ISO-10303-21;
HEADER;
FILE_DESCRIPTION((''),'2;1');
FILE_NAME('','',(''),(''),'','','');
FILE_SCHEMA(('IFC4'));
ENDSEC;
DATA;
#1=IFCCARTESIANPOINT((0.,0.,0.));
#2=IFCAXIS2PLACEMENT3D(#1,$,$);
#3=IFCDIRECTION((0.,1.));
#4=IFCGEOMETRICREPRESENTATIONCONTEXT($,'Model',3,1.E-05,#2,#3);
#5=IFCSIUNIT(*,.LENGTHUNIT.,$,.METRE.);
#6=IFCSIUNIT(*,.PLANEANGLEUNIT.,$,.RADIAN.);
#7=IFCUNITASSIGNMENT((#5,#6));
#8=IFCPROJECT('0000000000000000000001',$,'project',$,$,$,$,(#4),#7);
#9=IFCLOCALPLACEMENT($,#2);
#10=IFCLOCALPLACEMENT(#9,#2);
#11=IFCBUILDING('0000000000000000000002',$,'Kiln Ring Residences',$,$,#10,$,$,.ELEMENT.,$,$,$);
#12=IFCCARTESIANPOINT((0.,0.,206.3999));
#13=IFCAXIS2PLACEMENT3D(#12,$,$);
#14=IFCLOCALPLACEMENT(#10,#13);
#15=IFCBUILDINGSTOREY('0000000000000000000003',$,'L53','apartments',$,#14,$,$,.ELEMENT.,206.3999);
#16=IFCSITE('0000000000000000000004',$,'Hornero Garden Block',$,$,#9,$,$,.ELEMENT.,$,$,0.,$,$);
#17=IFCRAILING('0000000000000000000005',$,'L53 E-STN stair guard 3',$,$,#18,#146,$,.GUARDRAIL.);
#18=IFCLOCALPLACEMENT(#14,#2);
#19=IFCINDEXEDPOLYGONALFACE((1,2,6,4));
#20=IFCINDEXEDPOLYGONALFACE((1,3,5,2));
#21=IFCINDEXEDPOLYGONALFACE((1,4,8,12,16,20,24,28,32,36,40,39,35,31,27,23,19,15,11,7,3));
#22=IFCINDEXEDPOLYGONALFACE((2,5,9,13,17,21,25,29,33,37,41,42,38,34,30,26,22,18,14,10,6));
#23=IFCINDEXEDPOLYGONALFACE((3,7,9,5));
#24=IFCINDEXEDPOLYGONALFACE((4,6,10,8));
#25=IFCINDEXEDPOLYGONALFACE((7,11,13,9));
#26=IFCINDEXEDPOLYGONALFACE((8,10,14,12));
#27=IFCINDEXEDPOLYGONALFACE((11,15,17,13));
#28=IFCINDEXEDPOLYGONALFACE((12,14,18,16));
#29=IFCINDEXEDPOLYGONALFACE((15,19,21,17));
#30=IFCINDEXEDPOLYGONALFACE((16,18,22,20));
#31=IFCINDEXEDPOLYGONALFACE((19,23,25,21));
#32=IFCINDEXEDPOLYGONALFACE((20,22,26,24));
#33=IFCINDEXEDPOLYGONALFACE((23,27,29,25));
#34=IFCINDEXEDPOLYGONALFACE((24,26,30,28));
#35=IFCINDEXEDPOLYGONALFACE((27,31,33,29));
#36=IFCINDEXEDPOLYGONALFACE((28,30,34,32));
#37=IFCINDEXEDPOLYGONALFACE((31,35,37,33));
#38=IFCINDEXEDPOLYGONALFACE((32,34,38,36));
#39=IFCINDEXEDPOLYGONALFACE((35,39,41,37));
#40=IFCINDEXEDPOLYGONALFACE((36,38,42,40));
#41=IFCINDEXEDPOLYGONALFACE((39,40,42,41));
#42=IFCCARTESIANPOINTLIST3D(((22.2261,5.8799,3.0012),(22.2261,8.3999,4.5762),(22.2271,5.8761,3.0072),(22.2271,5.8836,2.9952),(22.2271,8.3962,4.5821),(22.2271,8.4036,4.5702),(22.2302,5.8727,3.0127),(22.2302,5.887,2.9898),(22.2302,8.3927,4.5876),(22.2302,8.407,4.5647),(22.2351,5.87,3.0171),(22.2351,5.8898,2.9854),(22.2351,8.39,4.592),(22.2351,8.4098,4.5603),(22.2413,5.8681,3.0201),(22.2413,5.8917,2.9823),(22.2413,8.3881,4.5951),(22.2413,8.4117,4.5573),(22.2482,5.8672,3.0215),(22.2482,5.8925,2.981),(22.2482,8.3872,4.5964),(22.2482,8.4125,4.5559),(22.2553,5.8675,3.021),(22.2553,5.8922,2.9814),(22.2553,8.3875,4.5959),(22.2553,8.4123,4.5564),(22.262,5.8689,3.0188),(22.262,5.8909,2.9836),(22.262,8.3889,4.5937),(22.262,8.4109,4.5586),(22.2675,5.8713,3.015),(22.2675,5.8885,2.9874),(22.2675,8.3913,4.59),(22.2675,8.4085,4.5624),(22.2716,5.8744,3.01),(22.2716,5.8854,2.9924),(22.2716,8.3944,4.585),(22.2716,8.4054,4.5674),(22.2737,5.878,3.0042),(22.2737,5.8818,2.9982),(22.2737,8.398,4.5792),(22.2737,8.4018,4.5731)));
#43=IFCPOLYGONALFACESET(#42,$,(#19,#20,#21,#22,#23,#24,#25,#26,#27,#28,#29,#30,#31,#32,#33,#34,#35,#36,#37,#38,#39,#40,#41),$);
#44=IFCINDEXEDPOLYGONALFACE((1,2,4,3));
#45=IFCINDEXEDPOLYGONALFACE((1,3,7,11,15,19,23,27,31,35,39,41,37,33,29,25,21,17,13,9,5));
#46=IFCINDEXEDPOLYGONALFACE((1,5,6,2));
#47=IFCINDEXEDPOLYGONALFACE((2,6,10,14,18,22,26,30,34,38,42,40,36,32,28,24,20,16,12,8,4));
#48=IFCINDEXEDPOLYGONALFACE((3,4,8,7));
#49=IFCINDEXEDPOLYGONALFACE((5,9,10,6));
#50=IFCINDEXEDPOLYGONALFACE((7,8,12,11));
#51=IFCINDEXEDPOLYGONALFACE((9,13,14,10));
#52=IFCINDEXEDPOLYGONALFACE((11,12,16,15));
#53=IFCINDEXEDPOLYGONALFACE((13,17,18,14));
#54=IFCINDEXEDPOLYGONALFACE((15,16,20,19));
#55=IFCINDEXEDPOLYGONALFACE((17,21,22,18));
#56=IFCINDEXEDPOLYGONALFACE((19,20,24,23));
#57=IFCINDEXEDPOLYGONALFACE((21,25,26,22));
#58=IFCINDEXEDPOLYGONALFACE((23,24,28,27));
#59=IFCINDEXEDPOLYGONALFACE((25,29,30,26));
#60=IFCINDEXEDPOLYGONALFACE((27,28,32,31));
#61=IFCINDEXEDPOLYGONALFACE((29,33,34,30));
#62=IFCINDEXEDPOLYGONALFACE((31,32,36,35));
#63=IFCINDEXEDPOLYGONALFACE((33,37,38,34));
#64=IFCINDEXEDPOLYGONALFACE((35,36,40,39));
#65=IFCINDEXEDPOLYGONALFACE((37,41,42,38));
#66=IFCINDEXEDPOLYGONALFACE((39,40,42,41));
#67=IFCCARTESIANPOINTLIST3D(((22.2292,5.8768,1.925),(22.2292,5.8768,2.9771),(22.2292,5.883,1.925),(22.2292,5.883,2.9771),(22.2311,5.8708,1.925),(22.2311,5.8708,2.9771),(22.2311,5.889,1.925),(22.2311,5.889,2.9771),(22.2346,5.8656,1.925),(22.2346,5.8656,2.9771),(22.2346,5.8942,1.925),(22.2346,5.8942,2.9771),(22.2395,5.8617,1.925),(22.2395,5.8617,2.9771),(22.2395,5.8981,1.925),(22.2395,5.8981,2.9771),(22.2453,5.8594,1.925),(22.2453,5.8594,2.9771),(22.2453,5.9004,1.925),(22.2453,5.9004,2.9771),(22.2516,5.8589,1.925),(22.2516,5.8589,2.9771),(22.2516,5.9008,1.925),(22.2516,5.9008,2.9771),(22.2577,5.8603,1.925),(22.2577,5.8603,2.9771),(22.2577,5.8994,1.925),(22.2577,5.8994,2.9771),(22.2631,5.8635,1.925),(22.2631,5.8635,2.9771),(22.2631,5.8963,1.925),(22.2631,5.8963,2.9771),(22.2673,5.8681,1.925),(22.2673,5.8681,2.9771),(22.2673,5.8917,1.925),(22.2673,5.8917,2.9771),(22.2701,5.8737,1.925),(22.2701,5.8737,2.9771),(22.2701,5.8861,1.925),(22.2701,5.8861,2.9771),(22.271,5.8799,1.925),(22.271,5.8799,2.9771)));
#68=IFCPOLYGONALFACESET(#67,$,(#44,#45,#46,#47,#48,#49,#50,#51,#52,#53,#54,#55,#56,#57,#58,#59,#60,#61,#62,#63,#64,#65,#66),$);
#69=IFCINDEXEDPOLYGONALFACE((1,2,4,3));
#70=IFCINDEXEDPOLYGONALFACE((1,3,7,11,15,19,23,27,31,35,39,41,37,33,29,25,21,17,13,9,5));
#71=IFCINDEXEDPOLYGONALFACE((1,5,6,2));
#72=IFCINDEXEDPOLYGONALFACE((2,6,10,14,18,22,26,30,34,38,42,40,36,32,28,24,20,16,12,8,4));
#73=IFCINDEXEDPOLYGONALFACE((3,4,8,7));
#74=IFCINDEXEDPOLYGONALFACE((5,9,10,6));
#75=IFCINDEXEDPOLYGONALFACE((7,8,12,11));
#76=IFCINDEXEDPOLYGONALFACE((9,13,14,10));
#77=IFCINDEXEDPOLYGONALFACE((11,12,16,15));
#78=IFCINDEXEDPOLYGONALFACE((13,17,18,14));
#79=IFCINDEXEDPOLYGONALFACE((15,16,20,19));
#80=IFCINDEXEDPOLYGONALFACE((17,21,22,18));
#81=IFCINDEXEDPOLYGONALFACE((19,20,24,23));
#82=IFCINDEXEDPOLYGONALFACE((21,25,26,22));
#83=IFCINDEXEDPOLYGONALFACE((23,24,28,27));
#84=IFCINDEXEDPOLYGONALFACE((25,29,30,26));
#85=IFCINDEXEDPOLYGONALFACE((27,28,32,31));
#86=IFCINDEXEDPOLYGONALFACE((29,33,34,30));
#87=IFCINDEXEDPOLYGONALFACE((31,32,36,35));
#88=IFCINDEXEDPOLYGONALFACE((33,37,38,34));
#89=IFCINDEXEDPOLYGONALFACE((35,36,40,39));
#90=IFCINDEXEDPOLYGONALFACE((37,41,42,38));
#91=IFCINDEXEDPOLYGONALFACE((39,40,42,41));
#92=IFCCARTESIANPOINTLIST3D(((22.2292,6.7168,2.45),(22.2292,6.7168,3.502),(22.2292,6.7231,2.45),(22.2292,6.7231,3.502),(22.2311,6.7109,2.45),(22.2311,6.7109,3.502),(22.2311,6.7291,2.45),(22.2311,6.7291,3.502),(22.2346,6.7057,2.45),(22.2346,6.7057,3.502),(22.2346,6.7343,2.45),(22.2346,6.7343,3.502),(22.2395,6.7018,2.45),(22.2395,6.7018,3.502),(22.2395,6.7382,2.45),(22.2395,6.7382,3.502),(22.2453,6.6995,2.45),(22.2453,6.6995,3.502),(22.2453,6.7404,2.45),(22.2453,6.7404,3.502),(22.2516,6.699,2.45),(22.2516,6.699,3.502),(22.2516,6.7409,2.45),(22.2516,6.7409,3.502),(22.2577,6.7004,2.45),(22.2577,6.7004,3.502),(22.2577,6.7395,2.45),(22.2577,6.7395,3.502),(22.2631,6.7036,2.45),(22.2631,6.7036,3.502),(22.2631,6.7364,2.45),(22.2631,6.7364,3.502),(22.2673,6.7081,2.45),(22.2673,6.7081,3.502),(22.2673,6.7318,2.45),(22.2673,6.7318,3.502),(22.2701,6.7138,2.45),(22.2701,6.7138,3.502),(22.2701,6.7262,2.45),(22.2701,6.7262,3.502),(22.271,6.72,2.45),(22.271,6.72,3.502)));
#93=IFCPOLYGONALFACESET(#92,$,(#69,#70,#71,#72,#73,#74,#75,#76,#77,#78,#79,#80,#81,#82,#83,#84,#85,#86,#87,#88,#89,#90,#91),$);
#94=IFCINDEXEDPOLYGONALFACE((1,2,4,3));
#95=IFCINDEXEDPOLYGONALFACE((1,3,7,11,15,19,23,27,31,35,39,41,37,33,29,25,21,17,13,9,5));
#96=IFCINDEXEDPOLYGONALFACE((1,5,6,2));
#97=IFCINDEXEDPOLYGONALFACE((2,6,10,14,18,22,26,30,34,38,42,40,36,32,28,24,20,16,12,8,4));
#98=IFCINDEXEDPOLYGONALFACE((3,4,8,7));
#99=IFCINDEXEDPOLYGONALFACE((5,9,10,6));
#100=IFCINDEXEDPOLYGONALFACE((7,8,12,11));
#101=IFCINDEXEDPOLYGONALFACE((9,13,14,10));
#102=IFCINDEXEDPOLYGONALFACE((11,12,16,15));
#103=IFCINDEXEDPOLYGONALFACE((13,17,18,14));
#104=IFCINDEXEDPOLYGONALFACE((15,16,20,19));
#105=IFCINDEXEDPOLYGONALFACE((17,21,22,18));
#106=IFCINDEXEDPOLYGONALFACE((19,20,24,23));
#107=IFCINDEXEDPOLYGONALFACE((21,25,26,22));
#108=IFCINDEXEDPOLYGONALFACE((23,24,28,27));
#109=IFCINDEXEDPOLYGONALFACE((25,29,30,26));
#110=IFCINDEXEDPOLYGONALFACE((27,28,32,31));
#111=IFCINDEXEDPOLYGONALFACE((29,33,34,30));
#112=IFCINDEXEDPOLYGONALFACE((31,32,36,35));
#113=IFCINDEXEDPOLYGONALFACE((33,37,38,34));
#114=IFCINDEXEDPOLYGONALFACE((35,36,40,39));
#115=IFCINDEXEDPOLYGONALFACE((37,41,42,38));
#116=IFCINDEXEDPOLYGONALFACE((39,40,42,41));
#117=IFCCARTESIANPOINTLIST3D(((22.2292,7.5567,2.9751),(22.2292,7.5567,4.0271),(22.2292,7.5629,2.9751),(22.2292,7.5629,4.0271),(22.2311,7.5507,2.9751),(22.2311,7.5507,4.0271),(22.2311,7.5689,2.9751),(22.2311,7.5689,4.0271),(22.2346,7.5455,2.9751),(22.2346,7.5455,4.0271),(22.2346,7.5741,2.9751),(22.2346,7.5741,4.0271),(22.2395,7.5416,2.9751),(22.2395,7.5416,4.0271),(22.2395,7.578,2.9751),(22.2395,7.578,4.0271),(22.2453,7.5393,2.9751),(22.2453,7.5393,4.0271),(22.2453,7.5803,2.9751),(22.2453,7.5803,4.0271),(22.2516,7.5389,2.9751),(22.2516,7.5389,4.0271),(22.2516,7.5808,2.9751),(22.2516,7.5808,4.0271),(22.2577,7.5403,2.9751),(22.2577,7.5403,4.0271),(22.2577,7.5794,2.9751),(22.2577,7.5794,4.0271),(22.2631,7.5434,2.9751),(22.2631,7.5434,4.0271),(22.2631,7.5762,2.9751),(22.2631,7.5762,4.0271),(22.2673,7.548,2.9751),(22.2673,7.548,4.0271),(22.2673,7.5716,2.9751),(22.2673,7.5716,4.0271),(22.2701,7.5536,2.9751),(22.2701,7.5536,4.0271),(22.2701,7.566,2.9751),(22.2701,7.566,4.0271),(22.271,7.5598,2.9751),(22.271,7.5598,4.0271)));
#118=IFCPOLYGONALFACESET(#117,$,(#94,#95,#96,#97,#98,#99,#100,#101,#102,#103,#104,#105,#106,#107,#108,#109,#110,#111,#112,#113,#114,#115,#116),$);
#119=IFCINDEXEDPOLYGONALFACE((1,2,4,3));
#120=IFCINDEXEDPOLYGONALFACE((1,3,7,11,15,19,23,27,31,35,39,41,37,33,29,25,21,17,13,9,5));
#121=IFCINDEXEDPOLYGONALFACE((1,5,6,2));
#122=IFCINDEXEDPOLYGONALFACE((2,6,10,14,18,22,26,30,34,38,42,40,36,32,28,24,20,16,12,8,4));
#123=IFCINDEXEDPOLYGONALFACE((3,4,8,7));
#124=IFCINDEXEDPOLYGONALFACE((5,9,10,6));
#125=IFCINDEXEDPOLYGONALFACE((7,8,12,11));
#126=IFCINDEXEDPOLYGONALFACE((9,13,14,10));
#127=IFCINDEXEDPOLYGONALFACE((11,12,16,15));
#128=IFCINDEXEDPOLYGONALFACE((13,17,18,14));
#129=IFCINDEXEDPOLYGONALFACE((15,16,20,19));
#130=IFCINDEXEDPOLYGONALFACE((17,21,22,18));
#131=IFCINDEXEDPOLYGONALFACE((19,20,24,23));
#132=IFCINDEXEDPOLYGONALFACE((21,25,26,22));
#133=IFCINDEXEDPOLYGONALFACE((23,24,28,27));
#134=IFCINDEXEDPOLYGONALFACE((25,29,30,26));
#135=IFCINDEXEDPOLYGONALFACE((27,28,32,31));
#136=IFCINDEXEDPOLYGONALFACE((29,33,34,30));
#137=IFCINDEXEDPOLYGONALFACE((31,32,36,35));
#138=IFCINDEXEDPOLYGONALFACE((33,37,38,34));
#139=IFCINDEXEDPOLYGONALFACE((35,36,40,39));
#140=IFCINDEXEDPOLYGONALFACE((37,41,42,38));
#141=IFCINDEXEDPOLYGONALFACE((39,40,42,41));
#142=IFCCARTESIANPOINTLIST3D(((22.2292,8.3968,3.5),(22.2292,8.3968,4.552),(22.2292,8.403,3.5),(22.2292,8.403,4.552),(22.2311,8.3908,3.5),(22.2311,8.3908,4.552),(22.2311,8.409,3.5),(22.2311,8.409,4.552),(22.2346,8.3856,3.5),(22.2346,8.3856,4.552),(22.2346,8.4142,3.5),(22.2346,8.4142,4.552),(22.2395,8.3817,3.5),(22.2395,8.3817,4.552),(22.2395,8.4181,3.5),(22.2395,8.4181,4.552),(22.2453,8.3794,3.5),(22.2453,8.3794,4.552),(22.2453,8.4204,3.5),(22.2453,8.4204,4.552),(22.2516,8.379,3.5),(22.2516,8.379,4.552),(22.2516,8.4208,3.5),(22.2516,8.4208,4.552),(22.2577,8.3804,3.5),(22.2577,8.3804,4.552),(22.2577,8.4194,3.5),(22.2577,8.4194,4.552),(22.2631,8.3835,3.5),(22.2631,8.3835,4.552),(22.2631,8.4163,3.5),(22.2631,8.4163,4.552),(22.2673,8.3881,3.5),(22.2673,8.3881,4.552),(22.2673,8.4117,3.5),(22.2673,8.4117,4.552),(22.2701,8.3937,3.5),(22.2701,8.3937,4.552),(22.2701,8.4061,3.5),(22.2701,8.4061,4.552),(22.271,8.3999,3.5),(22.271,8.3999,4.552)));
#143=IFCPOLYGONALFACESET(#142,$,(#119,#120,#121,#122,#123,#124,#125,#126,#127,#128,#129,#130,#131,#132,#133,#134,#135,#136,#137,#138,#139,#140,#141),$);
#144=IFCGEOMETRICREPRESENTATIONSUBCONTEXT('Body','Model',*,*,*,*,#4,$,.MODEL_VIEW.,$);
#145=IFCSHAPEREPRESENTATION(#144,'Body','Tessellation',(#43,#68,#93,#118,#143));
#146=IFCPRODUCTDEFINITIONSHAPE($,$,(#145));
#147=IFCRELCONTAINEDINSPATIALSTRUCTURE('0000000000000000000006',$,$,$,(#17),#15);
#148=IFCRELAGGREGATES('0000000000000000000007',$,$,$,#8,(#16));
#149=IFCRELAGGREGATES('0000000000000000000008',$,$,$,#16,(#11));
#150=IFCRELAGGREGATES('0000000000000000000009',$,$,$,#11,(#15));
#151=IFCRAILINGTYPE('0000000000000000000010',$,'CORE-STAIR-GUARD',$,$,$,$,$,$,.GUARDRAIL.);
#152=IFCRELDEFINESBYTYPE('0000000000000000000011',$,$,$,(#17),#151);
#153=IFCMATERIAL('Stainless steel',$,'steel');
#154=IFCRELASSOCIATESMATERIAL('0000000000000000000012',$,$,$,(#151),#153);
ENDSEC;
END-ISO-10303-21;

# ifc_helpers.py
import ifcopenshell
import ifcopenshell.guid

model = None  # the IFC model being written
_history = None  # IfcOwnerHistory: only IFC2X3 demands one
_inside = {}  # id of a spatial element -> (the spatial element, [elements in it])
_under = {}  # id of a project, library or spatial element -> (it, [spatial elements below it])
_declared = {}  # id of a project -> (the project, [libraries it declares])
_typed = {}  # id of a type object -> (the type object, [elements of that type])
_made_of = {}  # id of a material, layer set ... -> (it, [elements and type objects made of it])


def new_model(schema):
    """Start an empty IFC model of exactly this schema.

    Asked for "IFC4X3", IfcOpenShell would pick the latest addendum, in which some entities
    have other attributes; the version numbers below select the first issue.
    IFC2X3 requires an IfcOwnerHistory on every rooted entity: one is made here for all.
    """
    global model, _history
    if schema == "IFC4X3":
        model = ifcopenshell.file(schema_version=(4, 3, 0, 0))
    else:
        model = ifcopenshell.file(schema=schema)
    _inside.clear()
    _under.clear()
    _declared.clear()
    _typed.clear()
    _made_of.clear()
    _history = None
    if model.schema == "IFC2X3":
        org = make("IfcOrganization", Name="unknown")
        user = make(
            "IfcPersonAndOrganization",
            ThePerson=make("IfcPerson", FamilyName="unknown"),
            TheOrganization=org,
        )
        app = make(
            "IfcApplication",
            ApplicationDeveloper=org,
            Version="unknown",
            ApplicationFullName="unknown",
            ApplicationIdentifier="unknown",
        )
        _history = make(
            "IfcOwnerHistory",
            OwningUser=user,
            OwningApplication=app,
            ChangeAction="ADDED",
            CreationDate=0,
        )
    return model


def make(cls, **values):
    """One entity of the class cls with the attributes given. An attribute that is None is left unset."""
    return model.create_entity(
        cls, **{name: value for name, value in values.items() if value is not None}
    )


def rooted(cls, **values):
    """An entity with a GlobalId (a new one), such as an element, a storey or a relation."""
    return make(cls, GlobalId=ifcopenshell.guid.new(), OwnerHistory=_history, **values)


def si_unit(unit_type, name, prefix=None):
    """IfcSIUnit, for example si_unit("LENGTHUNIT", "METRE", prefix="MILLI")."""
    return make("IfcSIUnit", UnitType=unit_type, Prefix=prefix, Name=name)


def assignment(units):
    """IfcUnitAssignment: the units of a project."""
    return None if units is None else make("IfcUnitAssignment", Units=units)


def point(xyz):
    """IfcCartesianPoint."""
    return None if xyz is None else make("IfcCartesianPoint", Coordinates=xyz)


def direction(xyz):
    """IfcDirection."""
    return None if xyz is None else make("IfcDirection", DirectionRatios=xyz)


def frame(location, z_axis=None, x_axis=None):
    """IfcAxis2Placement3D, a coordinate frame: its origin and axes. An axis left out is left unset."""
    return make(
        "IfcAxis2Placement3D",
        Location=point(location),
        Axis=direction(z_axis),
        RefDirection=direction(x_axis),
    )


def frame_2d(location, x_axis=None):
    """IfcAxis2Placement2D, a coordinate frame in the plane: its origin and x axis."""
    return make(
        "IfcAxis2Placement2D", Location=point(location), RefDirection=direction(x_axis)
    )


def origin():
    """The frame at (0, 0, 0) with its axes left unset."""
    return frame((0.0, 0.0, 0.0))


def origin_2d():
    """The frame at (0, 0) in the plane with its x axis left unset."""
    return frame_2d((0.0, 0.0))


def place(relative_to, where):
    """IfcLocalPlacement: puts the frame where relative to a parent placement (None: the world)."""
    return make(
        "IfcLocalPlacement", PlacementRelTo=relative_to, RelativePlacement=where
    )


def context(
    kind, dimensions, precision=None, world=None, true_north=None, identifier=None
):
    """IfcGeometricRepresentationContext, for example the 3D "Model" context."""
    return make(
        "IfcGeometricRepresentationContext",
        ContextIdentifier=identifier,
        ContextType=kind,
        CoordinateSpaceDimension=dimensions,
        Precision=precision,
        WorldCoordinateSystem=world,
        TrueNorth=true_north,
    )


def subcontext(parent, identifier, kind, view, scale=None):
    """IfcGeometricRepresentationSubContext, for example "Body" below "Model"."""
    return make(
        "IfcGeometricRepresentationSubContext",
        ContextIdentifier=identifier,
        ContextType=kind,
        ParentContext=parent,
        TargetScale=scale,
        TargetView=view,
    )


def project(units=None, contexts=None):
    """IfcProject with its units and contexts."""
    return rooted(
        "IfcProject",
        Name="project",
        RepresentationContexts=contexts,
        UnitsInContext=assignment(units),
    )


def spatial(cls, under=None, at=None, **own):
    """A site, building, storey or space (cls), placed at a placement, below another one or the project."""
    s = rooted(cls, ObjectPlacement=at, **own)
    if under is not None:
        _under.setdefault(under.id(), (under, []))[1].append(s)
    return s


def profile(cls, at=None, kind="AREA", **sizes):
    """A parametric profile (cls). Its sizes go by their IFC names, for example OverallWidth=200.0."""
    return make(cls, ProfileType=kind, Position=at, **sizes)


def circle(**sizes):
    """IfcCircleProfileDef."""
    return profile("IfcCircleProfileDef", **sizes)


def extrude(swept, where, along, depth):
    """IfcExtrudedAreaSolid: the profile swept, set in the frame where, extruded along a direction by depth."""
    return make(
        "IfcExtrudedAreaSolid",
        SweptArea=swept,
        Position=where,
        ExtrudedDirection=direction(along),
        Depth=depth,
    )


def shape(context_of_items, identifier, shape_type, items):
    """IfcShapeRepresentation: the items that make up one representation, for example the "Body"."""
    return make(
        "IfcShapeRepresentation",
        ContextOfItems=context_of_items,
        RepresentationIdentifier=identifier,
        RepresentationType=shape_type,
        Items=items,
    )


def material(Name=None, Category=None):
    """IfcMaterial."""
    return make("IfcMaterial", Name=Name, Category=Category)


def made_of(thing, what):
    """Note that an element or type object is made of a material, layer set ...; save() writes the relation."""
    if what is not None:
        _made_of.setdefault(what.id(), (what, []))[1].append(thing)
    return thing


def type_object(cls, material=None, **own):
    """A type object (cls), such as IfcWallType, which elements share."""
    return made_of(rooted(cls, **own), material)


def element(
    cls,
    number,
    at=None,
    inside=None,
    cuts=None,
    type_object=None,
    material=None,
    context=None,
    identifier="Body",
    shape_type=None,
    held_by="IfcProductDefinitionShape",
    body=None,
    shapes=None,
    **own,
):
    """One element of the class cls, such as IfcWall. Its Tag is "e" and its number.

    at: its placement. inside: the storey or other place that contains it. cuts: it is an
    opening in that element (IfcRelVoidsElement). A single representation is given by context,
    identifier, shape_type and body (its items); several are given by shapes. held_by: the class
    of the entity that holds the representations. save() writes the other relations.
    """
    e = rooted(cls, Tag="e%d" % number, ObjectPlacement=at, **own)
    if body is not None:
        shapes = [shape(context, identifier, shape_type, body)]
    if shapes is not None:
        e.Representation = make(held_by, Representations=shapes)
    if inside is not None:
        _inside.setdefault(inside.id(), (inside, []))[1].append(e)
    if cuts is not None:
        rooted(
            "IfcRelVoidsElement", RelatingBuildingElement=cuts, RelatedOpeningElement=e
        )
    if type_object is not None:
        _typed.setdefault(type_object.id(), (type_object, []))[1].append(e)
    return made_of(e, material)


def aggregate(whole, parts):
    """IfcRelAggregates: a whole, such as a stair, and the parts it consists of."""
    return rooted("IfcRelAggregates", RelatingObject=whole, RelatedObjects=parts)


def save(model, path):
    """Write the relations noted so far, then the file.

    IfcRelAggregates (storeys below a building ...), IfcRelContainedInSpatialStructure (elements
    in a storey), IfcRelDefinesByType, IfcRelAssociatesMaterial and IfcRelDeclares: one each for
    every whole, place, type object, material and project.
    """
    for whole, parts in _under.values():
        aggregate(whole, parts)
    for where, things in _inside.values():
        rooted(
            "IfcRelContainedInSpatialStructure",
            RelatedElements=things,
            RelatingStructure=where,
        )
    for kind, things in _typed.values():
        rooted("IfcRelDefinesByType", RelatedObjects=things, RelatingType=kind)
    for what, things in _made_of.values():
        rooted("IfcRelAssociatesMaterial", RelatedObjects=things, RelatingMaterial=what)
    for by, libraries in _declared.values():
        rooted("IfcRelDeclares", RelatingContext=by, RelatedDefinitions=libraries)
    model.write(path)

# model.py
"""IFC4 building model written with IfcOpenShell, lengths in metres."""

from ifc_helpers import new_model, si_unit, direction, frame, origin, origin_2d, place, context, subcontext, project, spatial, circle, extrude, material, type_object, element, save


model = new_model("IFC4")

# Units and contexts
model_context = context("Model", 3, precision=1e-05, world=origin(), true_north=direction((0.0, 1.0)))
body_context = subcontext(model_context, "Body", "Model", "MODEL_VIEW")
ifc_project = project(units=[si_unit("LENGTHUNIT", "METRE"), si_unit("PLANEANGLEUNIT", "RADIAN")], contexts=[model_context])

# Site, building, storey
site_placement = place(None, origin())
site = spatial("IfcSite", under=ifc_project, at=site_placement, Name="Hornero Garden Block", CompositionType="ELEMENT", RefElevation=0.0)
building_placement = place(site_placement, origin())
building = spatial("IfcBuilding", under=site, at=building_placement, Name="Kiln Ring Residences", CompositionType="ELEMENT")
storey_placement = place(building_placement, frame((0.0, 0.0, 206.3999)))
storey = spatial("IfcBuildingStorey", under=building, at=storey_placement, Name="L53", Description="apartments", CompositionType="ELEMENT", Elevation=206.3999)

# Railing
ifc_material_1 = material(Name="Stainless steel", Category="steel")
railing_type_1 = type_object("IfcRailingType", Name="CORE-STAIR-GUARD", PredefinedType="GUARDRAIL", material=ifc_material_1)
railing_1_placement = place(storey_placement, frame((22.25, 5.8799, 1.925)))
element("IfcRailing", 1, at=railing_1_placement, inside=storey, type_object=railing_type_1, Name="L53 E-STN stair guard 3", PredefinedType="GUARDRAIL", context=body_context, shape_type="SweptSolid", body=[
    extrude(circle(Radius=0.0239, at=origin_2d()), frame((0.0, 0.0, 1.0762), z_axis=(0.0, 0.848008, 0.529984), x_axis=(-1.0, 0.0, 0.0)), (0.0, 0.0, 1.0), 2.9717),
    extrude(circle(Radius=0.021, at=origin_2d()), origin(), (0.0, 0.0, 1.0), 1.052),
    extrude(circle(Radius=0.021, at=origin_2d()), frame((0.0, 0.8401, 0.5249)), (0.0, 0.0, 1.0), 1.052),
    extrude(circle(Radius=0.021, at=origin_2d()), frame((0.0, 1.6799, 1.05)), (0.0, 0.0, 1.0), 1.052),
    extrude(circle(Radius=0.021, at=origin_2d()), frame((0.0, 2.52, 1.575)), (0.0, 0.0, 1.0), 1.052),
])

save(model, "model.ifc")
